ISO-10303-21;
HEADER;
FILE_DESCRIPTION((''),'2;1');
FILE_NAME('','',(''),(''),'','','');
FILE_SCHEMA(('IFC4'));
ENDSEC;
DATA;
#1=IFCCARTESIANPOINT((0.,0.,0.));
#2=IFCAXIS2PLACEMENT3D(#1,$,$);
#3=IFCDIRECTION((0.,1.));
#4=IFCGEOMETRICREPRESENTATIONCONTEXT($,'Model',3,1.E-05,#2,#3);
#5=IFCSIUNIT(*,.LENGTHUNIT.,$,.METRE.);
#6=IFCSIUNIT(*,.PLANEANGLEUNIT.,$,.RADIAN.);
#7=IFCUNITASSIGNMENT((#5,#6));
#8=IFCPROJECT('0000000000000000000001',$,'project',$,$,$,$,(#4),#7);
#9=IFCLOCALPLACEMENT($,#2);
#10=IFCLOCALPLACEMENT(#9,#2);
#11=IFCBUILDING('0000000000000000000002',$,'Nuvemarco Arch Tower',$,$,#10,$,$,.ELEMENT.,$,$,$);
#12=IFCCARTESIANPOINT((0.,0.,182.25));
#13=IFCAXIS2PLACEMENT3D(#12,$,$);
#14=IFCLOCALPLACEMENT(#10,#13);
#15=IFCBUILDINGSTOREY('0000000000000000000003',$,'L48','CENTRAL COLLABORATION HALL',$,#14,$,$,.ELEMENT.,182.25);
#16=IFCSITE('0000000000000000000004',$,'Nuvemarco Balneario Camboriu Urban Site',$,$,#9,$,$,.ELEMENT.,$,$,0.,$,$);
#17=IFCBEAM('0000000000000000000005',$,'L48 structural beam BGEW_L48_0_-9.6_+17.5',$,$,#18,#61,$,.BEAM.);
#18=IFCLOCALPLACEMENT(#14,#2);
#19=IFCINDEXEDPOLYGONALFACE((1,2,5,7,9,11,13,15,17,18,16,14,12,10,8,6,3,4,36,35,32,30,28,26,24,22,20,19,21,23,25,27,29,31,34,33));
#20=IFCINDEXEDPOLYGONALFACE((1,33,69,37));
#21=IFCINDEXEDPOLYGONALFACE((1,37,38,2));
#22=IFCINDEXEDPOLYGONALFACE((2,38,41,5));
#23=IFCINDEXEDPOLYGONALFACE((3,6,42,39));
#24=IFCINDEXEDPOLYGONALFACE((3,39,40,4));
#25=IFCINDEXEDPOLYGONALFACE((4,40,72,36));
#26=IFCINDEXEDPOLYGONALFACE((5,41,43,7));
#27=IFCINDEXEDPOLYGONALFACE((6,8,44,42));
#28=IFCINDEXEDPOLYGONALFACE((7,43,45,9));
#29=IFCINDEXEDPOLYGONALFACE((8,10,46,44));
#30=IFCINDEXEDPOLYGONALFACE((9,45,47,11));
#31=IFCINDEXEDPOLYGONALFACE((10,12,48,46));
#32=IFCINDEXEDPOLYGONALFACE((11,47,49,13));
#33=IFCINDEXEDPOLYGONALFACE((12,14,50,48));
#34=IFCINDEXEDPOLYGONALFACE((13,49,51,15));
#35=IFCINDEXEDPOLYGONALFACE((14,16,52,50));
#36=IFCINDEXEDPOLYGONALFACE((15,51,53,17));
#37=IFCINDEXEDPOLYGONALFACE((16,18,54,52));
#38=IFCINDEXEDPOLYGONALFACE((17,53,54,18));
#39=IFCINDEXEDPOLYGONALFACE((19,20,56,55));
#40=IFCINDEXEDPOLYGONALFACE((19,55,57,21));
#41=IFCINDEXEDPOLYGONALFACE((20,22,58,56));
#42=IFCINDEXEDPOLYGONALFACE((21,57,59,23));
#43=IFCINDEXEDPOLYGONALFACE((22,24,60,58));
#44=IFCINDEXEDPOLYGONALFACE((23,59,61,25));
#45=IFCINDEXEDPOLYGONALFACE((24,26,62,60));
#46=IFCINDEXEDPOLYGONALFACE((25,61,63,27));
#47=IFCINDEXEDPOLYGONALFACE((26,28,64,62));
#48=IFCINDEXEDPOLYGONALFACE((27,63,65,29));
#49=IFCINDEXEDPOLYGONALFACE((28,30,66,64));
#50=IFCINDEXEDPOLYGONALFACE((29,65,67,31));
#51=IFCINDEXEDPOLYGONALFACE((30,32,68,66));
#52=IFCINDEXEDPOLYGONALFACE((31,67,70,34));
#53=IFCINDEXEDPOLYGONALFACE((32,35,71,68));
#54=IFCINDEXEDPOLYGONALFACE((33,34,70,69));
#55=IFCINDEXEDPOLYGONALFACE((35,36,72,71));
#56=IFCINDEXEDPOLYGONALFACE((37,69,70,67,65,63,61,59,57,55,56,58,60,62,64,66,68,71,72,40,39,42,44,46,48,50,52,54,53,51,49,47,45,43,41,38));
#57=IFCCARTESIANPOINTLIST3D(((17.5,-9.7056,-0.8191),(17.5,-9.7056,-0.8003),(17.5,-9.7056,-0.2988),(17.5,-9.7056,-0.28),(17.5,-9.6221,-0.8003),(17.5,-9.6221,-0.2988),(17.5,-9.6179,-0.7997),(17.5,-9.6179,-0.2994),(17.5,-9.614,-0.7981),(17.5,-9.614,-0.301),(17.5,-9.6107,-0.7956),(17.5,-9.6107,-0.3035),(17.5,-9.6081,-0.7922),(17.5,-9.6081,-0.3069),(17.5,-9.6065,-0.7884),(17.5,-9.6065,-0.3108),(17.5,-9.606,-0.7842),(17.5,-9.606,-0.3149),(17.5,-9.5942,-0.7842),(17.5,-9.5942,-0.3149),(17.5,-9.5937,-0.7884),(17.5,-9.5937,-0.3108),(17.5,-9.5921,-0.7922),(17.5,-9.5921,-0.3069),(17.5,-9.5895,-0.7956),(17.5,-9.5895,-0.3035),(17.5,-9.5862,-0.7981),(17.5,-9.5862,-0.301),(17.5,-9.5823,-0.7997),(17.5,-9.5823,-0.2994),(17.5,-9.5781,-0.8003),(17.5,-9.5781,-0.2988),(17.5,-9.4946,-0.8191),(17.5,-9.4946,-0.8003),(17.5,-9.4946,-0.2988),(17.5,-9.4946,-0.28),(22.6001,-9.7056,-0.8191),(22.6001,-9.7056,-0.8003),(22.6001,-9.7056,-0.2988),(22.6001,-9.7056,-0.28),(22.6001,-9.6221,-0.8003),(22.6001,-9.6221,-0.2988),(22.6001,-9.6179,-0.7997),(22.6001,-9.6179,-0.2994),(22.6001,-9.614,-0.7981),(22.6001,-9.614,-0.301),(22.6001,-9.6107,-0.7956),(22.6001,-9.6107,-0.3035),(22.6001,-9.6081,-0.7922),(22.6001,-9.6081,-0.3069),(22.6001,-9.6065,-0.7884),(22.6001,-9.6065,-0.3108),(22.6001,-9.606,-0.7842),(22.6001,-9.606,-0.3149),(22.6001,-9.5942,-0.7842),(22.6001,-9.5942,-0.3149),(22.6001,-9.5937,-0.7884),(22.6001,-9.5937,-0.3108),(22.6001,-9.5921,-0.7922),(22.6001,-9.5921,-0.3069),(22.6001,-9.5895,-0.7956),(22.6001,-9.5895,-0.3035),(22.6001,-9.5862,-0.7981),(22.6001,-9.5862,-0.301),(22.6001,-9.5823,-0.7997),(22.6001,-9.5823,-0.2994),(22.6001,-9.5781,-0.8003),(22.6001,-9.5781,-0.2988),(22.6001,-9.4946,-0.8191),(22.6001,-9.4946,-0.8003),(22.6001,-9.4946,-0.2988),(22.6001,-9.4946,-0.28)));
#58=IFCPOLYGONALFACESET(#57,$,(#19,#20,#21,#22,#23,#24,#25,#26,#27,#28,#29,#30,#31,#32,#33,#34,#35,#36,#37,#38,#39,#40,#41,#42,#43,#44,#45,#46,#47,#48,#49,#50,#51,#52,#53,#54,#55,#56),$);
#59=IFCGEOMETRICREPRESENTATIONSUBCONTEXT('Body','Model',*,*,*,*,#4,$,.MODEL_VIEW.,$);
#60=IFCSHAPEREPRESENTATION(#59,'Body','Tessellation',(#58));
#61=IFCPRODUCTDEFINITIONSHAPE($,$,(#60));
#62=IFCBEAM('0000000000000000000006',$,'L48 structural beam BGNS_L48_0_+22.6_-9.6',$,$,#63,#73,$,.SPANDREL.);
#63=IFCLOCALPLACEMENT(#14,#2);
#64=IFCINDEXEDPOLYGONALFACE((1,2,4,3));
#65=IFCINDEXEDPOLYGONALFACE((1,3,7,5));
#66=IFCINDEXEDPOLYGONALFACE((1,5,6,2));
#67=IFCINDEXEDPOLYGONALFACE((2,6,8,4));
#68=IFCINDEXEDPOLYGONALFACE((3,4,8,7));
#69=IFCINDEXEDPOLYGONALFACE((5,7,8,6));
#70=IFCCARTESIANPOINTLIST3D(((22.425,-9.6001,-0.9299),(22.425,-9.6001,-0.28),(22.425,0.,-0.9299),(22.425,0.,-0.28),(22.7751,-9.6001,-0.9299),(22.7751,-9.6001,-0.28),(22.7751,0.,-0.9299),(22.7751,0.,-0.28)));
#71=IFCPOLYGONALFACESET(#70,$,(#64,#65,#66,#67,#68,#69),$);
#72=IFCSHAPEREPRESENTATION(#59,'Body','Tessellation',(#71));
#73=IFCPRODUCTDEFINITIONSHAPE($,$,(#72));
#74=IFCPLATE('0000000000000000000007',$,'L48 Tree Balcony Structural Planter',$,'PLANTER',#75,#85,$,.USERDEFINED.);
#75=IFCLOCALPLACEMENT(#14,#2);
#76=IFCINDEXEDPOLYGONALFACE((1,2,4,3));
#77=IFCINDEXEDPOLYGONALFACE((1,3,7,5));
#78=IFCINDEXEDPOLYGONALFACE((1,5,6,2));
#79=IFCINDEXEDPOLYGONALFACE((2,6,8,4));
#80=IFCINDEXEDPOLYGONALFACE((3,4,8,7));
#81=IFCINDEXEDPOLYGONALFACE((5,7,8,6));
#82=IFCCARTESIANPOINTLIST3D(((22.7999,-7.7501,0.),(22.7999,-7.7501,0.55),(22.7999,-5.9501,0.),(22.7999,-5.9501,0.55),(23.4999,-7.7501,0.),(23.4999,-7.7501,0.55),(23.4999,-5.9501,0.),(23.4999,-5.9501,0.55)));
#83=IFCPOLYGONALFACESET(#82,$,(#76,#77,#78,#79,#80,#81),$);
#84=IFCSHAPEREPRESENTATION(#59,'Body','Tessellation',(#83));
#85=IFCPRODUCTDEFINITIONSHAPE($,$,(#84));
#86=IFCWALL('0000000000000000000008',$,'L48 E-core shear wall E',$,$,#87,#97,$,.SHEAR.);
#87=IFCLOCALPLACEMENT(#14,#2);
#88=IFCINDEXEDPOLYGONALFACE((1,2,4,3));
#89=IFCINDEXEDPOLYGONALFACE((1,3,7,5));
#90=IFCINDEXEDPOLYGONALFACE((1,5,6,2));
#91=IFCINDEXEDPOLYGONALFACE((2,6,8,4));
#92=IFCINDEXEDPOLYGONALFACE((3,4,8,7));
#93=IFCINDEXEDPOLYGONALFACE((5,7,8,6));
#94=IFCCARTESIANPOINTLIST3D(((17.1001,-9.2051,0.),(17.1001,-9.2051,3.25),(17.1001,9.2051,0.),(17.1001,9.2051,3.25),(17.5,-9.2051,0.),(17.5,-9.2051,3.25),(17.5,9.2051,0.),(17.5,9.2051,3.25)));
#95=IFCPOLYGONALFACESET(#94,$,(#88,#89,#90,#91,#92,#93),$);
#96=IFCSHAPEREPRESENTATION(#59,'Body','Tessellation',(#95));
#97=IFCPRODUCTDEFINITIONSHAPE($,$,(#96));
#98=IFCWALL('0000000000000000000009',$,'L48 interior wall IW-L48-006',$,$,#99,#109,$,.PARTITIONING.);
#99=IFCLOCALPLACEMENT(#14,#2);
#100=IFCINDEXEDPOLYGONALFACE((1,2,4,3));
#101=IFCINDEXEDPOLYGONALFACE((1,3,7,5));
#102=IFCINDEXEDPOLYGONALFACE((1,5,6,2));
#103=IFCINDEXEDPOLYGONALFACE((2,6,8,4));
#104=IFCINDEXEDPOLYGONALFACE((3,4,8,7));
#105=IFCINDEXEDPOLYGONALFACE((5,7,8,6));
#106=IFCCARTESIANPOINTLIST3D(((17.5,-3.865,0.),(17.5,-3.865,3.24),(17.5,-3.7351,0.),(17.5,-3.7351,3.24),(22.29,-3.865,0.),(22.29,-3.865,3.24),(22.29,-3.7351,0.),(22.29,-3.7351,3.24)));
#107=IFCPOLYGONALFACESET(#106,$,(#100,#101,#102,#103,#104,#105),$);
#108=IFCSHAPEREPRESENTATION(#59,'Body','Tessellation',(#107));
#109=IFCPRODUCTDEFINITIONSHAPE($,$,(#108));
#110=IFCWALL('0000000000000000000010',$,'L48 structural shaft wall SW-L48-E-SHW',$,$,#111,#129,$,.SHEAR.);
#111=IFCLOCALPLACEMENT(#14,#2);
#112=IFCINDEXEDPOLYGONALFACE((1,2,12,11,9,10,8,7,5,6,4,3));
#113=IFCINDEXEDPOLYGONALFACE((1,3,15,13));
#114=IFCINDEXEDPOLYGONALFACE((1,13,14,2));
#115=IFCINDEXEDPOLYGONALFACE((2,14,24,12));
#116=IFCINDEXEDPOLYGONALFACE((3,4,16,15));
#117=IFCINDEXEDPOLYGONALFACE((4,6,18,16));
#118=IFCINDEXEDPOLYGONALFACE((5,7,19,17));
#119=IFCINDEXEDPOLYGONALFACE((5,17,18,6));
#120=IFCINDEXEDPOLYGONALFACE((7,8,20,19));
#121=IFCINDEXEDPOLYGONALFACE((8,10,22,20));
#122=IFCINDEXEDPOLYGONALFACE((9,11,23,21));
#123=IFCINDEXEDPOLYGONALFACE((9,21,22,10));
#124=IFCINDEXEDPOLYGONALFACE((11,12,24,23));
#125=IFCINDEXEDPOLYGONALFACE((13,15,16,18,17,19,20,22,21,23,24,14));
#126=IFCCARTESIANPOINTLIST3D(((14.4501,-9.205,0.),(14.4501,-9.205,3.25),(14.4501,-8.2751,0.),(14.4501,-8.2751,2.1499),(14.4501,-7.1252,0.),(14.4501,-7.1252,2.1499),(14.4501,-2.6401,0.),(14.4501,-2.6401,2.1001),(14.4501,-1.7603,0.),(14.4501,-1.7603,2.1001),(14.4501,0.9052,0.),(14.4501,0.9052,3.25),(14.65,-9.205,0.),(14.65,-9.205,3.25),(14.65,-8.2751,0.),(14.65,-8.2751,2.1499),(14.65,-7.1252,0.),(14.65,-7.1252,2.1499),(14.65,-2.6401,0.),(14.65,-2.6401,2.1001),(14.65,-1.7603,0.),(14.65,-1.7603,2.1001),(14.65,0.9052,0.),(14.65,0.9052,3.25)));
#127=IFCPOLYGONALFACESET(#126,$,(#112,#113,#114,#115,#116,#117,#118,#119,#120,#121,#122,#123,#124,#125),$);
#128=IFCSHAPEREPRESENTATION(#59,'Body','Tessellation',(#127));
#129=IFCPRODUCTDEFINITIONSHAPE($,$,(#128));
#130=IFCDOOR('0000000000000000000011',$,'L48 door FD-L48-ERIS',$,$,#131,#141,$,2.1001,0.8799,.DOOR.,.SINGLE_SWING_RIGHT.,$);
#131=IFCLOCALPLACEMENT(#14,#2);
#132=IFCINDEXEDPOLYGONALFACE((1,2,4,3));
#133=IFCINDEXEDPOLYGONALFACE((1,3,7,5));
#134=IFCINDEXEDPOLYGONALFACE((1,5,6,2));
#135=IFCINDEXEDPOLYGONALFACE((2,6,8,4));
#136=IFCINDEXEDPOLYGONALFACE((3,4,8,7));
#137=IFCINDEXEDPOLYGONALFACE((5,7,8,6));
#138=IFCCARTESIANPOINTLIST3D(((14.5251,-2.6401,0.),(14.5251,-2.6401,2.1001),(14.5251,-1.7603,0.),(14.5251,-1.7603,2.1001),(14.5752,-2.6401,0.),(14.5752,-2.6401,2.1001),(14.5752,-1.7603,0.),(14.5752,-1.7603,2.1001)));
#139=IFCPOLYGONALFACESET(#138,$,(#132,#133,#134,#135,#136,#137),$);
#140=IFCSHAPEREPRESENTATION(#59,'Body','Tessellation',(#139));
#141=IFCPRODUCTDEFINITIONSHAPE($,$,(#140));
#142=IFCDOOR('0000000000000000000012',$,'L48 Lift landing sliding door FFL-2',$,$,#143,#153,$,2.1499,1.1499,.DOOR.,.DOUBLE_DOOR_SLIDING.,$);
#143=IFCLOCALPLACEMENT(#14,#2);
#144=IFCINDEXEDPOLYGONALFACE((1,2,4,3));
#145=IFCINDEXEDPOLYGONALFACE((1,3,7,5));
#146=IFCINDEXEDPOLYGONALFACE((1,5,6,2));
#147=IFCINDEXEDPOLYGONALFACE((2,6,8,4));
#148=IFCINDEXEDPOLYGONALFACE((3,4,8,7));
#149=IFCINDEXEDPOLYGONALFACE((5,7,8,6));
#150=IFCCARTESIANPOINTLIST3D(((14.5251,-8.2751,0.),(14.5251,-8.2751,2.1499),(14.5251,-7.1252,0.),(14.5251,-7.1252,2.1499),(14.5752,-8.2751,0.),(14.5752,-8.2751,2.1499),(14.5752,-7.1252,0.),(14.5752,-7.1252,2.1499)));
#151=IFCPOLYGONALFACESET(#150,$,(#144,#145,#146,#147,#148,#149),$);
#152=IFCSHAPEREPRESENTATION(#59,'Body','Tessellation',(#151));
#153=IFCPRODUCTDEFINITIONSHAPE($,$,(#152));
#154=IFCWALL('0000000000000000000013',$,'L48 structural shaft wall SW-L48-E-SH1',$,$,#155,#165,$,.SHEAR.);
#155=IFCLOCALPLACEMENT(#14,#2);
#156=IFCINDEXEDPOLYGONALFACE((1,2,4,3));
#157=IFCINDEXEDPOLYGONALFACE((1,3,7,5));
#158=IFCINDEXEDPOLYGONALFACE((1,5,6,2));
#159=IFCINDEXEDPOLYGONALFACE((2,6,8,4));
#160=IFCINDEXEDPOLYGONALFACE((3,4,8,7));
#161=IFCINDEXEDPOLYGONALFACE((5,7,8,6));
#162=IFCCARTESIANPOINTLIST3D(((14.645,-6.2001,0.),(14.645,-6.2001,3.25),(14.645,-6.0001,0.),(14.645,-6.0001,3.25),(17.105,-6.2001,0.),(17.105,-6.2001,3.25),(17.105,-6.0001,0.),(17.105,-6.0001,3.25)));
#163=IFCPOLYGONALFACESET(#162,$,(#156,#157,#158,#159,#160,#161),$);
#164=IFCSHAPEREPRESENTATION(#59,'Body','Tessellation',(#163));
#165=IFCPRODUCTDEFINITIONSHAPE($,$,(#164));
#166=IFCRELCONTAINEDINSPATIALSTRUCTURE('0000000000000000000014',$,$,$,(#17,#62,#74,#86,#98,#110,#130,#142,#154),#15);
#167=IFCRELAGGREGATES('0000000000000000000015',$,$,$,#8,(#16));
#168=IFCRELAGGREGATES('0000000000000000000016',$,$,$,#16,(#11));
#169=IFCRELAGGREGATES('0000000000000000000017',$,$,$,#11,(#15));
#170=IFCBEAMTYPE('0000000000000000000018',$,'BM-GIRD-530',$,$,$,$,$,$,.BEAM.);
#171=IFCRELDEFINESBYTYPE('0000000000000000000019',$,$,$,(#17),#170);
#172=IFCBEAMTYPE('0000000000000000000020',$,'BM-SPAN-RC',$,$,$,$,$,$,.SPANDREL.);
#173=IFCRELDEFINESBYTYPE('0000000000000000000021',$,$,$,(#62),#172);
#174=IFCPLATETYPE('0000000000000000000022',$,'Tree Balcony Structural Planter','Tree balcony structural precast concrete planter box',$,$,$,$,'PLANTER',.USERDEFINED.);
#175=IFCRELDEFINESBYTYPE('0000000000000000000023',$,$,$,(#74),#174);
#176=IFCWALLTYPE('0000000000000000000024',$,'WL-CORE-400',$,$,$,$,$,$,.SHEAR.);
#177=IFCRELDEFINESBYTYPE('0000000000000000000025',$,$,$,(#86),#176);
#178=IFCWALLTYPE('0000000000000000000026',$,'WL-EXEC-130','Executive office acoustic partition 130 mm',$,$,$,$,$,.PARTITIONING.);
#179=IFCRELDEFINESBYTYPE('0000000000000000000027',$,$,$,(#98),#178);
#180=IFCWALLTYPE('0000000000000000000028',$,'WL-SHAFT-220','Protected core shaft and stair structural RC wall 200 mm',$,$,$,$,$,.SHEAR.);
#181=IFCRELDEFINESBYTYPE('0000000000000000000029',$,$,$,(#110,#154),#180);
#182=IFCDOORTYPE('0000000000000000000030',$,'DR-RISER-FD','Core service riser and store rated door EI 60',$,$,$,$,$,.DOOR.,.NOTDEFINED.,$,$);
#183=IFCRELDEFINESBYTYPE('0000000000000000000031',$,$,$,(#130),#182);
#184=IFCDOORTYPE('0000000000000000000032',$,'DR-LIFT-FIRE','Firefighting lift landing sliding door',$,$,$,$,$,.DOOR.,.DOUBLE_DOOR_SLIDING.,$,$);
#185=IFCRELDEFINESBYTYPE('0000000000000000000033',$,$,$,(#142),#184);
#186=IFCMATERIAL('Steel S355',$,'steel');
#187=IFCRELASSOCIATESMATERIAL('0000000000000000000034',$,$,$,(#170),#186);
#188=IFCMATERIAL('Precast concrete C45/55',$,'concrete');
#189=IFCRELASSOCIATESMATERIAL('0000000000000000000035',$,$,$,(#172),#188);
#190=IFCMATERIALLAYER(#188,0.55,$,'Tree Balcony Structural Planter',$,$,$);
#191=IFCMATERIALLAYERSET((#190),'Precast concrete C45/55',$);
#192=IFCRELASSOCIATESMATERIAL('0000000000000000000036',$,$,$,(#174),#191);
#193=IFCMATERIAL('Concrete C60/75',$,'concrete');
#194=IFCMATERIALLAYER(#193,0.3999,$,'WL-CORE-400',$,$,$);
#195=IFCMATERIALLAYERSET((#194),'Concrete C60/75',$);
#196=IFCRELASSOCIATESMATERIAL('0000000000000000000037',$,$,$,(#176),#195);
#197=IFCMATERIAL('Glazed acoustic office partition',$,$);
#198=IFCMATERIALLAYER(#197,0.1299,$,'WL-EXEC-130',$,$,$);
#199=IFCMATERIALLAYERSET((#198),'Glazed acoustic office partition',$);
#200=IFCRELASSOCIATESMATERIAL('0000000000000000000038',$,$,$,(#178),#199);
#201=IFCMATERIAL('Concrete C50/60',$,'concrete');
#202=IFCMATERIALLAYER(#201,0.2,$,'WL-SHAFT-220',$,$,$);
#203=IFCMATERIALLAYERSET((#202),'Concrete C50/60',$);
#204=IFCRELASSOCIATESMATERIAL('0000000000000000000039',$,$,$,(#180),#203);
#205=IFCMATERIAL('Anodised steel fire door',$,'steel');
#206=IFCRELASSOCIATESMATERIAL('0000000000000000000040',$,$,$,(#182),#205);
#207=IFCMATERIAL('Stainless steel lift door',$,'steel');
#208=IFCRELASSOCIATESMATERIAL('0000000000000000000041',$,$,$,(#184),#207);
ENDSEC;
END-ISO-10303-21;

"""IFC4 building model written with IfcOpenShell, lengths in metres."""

from ifc_helpers import new_model, si_unit, direction, frame, frame_2d, origin, origin_2d, place, context, subcontext, project, spatial, rectangle, i_section, extrude, source, transform, mapped, material, layer, layer_set, material_profile, profile_set, type_object, type_shapes, element, fill, save


model = new_model("IFC4")

# Units and contexts
model_context = context("Model", 3, precision=1e-05, world=origin(), true_north=direction((0.0, 1.0)))
body_context = subcontext(model_context, "Body", "Model", "MODEL_VIEW")
ifc_project = project(units=[si_unit("LENGTHUNIT", "METRE"), si_unit("PLANEANGLEUNIT", "RADIAN")], contexts=[model_context])

# Site, building, storey
site_placement = place(None, origin())
site = spatial("IfcSite", under=ifc_project, at=site_placement, Name="Nuvemarco Balneario Camboriu Urban Site", CompositionType="ELEMENT", RefElevation=0.0)
building_placement = place(site_placement, origin())
building = spatial("IfcBuilding", under=site, at=building_placement, Name="Nuvemarco Arch Tower", CompositionType="ELEMENT")
storey_placement = place(building_placement, frame((0.0, 0.0, 182.25)))
storey = spatial("IfcBuildingStorey", under=building, at=storey_placement, Name="L48", Description="CENTRAL COLLABORATION HALL", CompositionType="ELEMENT", Elevation=182.25)

# Shared definitions
ifc_material_1 = material(Name="Concrete C50/60", Category="concrete")
ifc_material_2 = material(Name="Steel S355", Category="steel")

# Beams
ifc_material_profile_1 = material_profile(ifc_material_2, i_section(OverallWidth=0.2109, OverallDepth=0.5391, WebThickness=0.0117, FlangeThickness=0.0188, FilletRadius=0.0161, at=origin_2d()), Name="W530x109")
ifc_profile_set_1 = profile_set([ifc_material_profile_1], Name="Steel S355")
beam_type_1 = type_object("IfcBeamType", Name="BM-GIRD-530", PredefinedType="BEAM", material=ifc_profile_set_1)
beam_1_placement = place(storey_placement, frame((17.5, -9.6001, -0.5496), z_axis=(1.0, 0.0, 0.0), x_axis=(0.0, 1.0, 0.0)))
element("IfcBeam", 1, at=beam_1_placement, inside=storey, type_object=beam_type_1, Name="L48 structural beam BGEW_L48_0_-9.6_+17.5", PredefinedType="BEAM", context=body_context, shape_type="SweptSolid", body=[
    extrude(i_section(OverallWidth=0.2109, OverallDepth=0.5391, WebThickness=0.0117, FlangeThickness=0.0188, FilletRadius=0.0161, at=origin_2d()), origin(), (0.0, 0.0, 1.0), 5.1001),
])
ifc_material_3 = material(Name="Precast concrete C45/55", Category="concrete")
ifc_material_profile_2 = material_profile(ifc_material_3, rectangle(XDim=0.3501, YDim=0.6499, at=origin_2d()), Name="PC-SP-350x650")
ifc_profile_set_2 = profile_set([ifc_material_profile_2], Name="Precast concrete C45/55")
beam_type_2 = type_object("IfcBeamType", Name="BM-SPAN-RC", PredefinedType="SPANDREL", material=ifc_profile_set_2)
beam_2_placement = place(storey_placement, frame((22.6001, -9.6001, -0.605), z_axis=(0.0, 1.0, 0.0), x_axis=(-1.0, 0.0, 0.0)))
element("IfcBeam", 2, at=beam_2_placement, inside=storey, type_object=beam_type_2, Name="L48 structural beam BGNS_L48_0_+22.6_-9.6", PredefinedType="SPANDREL", context=body_context, shape_type="SweptSolid", body=[
    extrude(rectangle(XDim=0.3501, YDim=0.6499, at=origin_2d()), origin(), (0.0, 0.0, 1.0), 9.6001),
])

# Plate
ifc_layer_1 = layer(ifc_material_3, 0.55, Name="Tree Balcony Structural Planter")
ifc_layer_set_1 = layer_set([ifc_layer_1], Name="Precast concrete C45/55")
plate_type = type_object("IfcPlateType", Name="Tree Balcony Structural Planter", Description="Tree balcony structural precast concrete planter box", ElementType="PLANTER", PredefinedType="USERDEFINED", material=ifc_layer_set_1)
shared_shape_1 = source(origin(), body_context, "Body", "SweptSolid", [
    extrude(rectangle(XDim=1.8, YDim=0.7, at=origin_2d()), origin(), (0.0, 0.0, 1.0), 0.55),
])
type_shapes(plate_type, [shared_shape_1])
plate_placement = place(storey_placement, frame((23.1499, -6.8501, 0.0), z_axis=(0.0, 0.0, 1.0), x_axis=(0.0, 1.0, 0.0)))
element("IfcPlate", 3, at=plate_placement, inside=storey, type_object=plate_type, Name="L48 Tree Balcony Structural Planter", ObjectType="PLANTER", PredefinedType="USERDEFINED", context=body_context, shape_type="MappedRepresentation", body=[
    mapped(shared_shape_1, transform((0.0, 0.0, 0.0), scale=1.0)),
])

# Walls
ifc_material_4 = material(Name="Concrete C60/75", Category="concrete")
ifc_layer_2 = layer(ifc_material_4, 0.3999, Name="WL-CORE-400")
ifc_layer_set_2 = layer_set([ifc_layer_2], Name="Concrete C60/75")
wall_type_1 = type_object("IfcWallType", Name="WL-CORE-400", PredefinedType="SHEAR", material=ifc_layer_set_2)
wall_1_placement = place(storey_placement, frame((17.3, -9.2051, 0.0), z_axis=(0.0, 0.0, 1.0), x_axis=(0.0, 1.0, 0.0)))
element("IfcWall", 4, at=wall_1_placement, inside=storey, type_object=wall_type_1, Name="L48 E-core shear wall E", PredefinedType="SHEAR", context=body_context, shape_type="SweptSolid", body=[
    extrude(rectangle(XDim=18.4102, YDim=0.3999, at=frame_2d((9.2051, 0.0))), origin(), (0.0, 0.0, 1.0), 3.25),
])
ifc_material_5 = material(Name="Glazed acoustic office partition")
ifc_layer_3 = layer(ifc_material_5, 0.1299, Name="WL-EXEC-130")
ifc_layer_set_3 = layer_set([ifc_layer_3], Name="Glazed acoustic office partition")
wall_type_2 = type_object("IfcWallType", Name="WL-EXEC-130", Description="Executive office acoustic partition 130 mm", PredefinedType="PARTITIONING", material=ifc_layer_set_3)
wall_2_placement = place(storey_placement, frame((17.5, -3.8, 0.0), z_axis=(0.0, 0.0, 1.0), x_axis=(1.0, 0.0, 0.0)))
element("IfcWall", 5, at=wall_2_placement, inside=storey, type_object=wall_type_2, Name="L48 interior wall IW-L48-006", PredefinedType="PARTITIONING", context=body_context, shape_type="SweptSolid", body=[
    extrude(rectangle(XDim=4.79, YDim=0.1299, at=frame_2d((2.395, 0.0))), origin(), (0.0, 0.0, 1.0), 3.24),
])

# Wall, openings, doors
ifc_layer_4 = layer(ifc_material_1, 0.2, Name="WL-SHAFT-220")
ifc_layer_set_4 = layer_set([ifc_layer_4], Name="Concrete C50/60")
wall_type_3 = type_object("IfcWallType", Name="WL-SHAFT-220", Description="Protected core shaft and stair structural RC wall 200 mm", PredefinedType="SHEAR", material=ifc_layer_set_4)
wall_3_placement = place(storey_placement, frame((14.55, -9.2051, 0.0), z_axis=(0.0, 0.0, 1.0), x_axis=(0.0, 1.0, 0.0)))
wall_3 = element("IfcWall", 6, at=wall_3_placement, inside=storey, type_object=wall_type_3, Name="L48 structural shaft wall SW-L48-E-SHW", PredefinedType="SHEAR", context=body_context, shape_type="SweptSolid", body=[
    extrude(rectangle(XDim=10.1101, YDim=0.2, at=frame_2d((5.0552, 0.0))), origin(), (0.0, 0.0, 1.0), 3.25),
])
opening_1_placement = place(wall_3_placement, frame((6.5649, 0.0, 0.0)))
opening_1 = element("IfcOpeningElement", 7, at=opening_1_placement, cuts=wall_3, PredefinedType="OPENING", context=body_context, shape_type="SweptSolid", body=[
    extrude(rectangle(XDim=0.8799, YDim=2.1001, at=frame_2d((0.4399, 1.05))), frame((0.0, 0.1099, 0.0), z_axis=(0.0, -1.0, 0.0), x_axis=(1.0, 0.0, 0.0)), (0.0, 0.0, 1.0), 0.22),
])
opening_2_placement = place(wall_3_placement, frame((0.9299, 0.0, 0.0)))
opening_2 = element("IfcOpeningElement", 8, at=opening_2_placement, cuts=wall_3, PredefinedType="OPENING", context=body_context, shape_type="SweptSolid", body=[
    extrude(rectangle(XDim=1.1499, YDim=2.1499, at=frame_2d((0.575, 1.075))), frame((0.0, 0.1099, 0.0), z_axis=(0.0, -1.0, 0.0), x_axis=(1.0, 0.0, 0.0)), (0.0, 0.0, 1.0), 0.22),
])
ifc_material_6 = material(Name="Anodised steel fire door", Category="steel")
door_type_1 = type_object("IfcDoorType", Name="DR-RISER-FD", Description="Core service riser and store rated door EI 60", OperationType="NOTDEFINED", PredefinedType="DOOR", material=ifc_material_6)
shared_shape_2 = source(origin(), body_context, "Body", "SweptSolid", [
    extrude(rectangle(XDim=0.8799, YDim=2.1001, at=frame_2d((0.4399, 1.05))), frame((0.0, 0.0249, 0.0), z_axis=(0.0, -1.0, 0.0), x_axis=(1.0, 0.0, 0.0)), (0.0, 0.0, 1.0), 0.05),
])
type_shapes(door_type_1, [shared_shape_2])
door_1_placement = place(opening_1_placement, origin())
door_1 = element("IfcDoor", 9, at=door_1_placement, inside=storey, type_object=door_type_1, Name="L48 door FD-L48-ERIS", OperationType="SINGLE_SWING_RIGHT", OverallHeight=2.1001, OverallWidth=0.8799, PredefinedType="DOOR", context=body_context, shape_type="MappedRepresentation", body=[
    mapped(shared_shape_2, transform((0.0, 0.0, 0.0), scale=1.0)),
])
fill(opening_1, door_1)
ifc_material_7 = material(Name="Stainless steel lift door", Category="steel")
door_type_2 = type_object("IfcDoorType", Name="DR-LIFT-FIRE", Description="Firefighting lift landing sliding door", OperationType="DOUBLE_DOOR_SLIDING", PredefinedType="DOOR", material=ifc_material_7)
shared_shape_3 = source(origin(), body_context, "Body", "SweptSolid", [
    extrude(rectangle(XDim=1.1499, YDim=2.1499, at=frame_2d((0.575, 1.075))), frame((0.0, 0.0249, 0.0), z_axis=(0.0, -1.0, 0.0), x_axis=(1.0, 0.0, 0.0)), (0.0, 0.0, 1.0), 0.05),
])
type_shapes(door_type_2, [shared_shape_3])
door_2_placement = place(opening_2_placement, origin())
door_2 = element("IfcDoor", 10, at=door_2_placement, inside=storey, type_object=door_type_2, Name="L48 Lift landing sliding door FFL-2", OperationType="DOUBLE_DOOR_SLIDING", OverallHeight=2.1499, OverallWidth=1.1499, PredefinedType="DOOR", context=body_context, shape_type="MappedRepresentation", body=[
    mapped(shared_shape_3, transform((0.0, 0.0, 0.0), scale=1.0)),
])
fill(opening_2, door_2)

# Wall
wall_4_placement = place(storey_placement, frame((14.645, -6.1001, 0.0), z_axis=(0.0, 0.0, 1.0), x_axis=(1.0, 0.0, 0.0)))
element("IfcWall", 11, at=wall_4_placement, inside=storey, type_object=wall_type_3, Name="L48 structural shaft wall SW-L48-E-SH1", PredefinedType="SHEAR", context=body_context, shape_type="SweptSolid", body=[
    extrude(rectangle(XDim=2.46, YDim=0.2, at=frame_2d((1.23, 0.0))), origin(), (0.0, 0.0, 1.0), 3.25),
])

save(model, "model.ifc")
